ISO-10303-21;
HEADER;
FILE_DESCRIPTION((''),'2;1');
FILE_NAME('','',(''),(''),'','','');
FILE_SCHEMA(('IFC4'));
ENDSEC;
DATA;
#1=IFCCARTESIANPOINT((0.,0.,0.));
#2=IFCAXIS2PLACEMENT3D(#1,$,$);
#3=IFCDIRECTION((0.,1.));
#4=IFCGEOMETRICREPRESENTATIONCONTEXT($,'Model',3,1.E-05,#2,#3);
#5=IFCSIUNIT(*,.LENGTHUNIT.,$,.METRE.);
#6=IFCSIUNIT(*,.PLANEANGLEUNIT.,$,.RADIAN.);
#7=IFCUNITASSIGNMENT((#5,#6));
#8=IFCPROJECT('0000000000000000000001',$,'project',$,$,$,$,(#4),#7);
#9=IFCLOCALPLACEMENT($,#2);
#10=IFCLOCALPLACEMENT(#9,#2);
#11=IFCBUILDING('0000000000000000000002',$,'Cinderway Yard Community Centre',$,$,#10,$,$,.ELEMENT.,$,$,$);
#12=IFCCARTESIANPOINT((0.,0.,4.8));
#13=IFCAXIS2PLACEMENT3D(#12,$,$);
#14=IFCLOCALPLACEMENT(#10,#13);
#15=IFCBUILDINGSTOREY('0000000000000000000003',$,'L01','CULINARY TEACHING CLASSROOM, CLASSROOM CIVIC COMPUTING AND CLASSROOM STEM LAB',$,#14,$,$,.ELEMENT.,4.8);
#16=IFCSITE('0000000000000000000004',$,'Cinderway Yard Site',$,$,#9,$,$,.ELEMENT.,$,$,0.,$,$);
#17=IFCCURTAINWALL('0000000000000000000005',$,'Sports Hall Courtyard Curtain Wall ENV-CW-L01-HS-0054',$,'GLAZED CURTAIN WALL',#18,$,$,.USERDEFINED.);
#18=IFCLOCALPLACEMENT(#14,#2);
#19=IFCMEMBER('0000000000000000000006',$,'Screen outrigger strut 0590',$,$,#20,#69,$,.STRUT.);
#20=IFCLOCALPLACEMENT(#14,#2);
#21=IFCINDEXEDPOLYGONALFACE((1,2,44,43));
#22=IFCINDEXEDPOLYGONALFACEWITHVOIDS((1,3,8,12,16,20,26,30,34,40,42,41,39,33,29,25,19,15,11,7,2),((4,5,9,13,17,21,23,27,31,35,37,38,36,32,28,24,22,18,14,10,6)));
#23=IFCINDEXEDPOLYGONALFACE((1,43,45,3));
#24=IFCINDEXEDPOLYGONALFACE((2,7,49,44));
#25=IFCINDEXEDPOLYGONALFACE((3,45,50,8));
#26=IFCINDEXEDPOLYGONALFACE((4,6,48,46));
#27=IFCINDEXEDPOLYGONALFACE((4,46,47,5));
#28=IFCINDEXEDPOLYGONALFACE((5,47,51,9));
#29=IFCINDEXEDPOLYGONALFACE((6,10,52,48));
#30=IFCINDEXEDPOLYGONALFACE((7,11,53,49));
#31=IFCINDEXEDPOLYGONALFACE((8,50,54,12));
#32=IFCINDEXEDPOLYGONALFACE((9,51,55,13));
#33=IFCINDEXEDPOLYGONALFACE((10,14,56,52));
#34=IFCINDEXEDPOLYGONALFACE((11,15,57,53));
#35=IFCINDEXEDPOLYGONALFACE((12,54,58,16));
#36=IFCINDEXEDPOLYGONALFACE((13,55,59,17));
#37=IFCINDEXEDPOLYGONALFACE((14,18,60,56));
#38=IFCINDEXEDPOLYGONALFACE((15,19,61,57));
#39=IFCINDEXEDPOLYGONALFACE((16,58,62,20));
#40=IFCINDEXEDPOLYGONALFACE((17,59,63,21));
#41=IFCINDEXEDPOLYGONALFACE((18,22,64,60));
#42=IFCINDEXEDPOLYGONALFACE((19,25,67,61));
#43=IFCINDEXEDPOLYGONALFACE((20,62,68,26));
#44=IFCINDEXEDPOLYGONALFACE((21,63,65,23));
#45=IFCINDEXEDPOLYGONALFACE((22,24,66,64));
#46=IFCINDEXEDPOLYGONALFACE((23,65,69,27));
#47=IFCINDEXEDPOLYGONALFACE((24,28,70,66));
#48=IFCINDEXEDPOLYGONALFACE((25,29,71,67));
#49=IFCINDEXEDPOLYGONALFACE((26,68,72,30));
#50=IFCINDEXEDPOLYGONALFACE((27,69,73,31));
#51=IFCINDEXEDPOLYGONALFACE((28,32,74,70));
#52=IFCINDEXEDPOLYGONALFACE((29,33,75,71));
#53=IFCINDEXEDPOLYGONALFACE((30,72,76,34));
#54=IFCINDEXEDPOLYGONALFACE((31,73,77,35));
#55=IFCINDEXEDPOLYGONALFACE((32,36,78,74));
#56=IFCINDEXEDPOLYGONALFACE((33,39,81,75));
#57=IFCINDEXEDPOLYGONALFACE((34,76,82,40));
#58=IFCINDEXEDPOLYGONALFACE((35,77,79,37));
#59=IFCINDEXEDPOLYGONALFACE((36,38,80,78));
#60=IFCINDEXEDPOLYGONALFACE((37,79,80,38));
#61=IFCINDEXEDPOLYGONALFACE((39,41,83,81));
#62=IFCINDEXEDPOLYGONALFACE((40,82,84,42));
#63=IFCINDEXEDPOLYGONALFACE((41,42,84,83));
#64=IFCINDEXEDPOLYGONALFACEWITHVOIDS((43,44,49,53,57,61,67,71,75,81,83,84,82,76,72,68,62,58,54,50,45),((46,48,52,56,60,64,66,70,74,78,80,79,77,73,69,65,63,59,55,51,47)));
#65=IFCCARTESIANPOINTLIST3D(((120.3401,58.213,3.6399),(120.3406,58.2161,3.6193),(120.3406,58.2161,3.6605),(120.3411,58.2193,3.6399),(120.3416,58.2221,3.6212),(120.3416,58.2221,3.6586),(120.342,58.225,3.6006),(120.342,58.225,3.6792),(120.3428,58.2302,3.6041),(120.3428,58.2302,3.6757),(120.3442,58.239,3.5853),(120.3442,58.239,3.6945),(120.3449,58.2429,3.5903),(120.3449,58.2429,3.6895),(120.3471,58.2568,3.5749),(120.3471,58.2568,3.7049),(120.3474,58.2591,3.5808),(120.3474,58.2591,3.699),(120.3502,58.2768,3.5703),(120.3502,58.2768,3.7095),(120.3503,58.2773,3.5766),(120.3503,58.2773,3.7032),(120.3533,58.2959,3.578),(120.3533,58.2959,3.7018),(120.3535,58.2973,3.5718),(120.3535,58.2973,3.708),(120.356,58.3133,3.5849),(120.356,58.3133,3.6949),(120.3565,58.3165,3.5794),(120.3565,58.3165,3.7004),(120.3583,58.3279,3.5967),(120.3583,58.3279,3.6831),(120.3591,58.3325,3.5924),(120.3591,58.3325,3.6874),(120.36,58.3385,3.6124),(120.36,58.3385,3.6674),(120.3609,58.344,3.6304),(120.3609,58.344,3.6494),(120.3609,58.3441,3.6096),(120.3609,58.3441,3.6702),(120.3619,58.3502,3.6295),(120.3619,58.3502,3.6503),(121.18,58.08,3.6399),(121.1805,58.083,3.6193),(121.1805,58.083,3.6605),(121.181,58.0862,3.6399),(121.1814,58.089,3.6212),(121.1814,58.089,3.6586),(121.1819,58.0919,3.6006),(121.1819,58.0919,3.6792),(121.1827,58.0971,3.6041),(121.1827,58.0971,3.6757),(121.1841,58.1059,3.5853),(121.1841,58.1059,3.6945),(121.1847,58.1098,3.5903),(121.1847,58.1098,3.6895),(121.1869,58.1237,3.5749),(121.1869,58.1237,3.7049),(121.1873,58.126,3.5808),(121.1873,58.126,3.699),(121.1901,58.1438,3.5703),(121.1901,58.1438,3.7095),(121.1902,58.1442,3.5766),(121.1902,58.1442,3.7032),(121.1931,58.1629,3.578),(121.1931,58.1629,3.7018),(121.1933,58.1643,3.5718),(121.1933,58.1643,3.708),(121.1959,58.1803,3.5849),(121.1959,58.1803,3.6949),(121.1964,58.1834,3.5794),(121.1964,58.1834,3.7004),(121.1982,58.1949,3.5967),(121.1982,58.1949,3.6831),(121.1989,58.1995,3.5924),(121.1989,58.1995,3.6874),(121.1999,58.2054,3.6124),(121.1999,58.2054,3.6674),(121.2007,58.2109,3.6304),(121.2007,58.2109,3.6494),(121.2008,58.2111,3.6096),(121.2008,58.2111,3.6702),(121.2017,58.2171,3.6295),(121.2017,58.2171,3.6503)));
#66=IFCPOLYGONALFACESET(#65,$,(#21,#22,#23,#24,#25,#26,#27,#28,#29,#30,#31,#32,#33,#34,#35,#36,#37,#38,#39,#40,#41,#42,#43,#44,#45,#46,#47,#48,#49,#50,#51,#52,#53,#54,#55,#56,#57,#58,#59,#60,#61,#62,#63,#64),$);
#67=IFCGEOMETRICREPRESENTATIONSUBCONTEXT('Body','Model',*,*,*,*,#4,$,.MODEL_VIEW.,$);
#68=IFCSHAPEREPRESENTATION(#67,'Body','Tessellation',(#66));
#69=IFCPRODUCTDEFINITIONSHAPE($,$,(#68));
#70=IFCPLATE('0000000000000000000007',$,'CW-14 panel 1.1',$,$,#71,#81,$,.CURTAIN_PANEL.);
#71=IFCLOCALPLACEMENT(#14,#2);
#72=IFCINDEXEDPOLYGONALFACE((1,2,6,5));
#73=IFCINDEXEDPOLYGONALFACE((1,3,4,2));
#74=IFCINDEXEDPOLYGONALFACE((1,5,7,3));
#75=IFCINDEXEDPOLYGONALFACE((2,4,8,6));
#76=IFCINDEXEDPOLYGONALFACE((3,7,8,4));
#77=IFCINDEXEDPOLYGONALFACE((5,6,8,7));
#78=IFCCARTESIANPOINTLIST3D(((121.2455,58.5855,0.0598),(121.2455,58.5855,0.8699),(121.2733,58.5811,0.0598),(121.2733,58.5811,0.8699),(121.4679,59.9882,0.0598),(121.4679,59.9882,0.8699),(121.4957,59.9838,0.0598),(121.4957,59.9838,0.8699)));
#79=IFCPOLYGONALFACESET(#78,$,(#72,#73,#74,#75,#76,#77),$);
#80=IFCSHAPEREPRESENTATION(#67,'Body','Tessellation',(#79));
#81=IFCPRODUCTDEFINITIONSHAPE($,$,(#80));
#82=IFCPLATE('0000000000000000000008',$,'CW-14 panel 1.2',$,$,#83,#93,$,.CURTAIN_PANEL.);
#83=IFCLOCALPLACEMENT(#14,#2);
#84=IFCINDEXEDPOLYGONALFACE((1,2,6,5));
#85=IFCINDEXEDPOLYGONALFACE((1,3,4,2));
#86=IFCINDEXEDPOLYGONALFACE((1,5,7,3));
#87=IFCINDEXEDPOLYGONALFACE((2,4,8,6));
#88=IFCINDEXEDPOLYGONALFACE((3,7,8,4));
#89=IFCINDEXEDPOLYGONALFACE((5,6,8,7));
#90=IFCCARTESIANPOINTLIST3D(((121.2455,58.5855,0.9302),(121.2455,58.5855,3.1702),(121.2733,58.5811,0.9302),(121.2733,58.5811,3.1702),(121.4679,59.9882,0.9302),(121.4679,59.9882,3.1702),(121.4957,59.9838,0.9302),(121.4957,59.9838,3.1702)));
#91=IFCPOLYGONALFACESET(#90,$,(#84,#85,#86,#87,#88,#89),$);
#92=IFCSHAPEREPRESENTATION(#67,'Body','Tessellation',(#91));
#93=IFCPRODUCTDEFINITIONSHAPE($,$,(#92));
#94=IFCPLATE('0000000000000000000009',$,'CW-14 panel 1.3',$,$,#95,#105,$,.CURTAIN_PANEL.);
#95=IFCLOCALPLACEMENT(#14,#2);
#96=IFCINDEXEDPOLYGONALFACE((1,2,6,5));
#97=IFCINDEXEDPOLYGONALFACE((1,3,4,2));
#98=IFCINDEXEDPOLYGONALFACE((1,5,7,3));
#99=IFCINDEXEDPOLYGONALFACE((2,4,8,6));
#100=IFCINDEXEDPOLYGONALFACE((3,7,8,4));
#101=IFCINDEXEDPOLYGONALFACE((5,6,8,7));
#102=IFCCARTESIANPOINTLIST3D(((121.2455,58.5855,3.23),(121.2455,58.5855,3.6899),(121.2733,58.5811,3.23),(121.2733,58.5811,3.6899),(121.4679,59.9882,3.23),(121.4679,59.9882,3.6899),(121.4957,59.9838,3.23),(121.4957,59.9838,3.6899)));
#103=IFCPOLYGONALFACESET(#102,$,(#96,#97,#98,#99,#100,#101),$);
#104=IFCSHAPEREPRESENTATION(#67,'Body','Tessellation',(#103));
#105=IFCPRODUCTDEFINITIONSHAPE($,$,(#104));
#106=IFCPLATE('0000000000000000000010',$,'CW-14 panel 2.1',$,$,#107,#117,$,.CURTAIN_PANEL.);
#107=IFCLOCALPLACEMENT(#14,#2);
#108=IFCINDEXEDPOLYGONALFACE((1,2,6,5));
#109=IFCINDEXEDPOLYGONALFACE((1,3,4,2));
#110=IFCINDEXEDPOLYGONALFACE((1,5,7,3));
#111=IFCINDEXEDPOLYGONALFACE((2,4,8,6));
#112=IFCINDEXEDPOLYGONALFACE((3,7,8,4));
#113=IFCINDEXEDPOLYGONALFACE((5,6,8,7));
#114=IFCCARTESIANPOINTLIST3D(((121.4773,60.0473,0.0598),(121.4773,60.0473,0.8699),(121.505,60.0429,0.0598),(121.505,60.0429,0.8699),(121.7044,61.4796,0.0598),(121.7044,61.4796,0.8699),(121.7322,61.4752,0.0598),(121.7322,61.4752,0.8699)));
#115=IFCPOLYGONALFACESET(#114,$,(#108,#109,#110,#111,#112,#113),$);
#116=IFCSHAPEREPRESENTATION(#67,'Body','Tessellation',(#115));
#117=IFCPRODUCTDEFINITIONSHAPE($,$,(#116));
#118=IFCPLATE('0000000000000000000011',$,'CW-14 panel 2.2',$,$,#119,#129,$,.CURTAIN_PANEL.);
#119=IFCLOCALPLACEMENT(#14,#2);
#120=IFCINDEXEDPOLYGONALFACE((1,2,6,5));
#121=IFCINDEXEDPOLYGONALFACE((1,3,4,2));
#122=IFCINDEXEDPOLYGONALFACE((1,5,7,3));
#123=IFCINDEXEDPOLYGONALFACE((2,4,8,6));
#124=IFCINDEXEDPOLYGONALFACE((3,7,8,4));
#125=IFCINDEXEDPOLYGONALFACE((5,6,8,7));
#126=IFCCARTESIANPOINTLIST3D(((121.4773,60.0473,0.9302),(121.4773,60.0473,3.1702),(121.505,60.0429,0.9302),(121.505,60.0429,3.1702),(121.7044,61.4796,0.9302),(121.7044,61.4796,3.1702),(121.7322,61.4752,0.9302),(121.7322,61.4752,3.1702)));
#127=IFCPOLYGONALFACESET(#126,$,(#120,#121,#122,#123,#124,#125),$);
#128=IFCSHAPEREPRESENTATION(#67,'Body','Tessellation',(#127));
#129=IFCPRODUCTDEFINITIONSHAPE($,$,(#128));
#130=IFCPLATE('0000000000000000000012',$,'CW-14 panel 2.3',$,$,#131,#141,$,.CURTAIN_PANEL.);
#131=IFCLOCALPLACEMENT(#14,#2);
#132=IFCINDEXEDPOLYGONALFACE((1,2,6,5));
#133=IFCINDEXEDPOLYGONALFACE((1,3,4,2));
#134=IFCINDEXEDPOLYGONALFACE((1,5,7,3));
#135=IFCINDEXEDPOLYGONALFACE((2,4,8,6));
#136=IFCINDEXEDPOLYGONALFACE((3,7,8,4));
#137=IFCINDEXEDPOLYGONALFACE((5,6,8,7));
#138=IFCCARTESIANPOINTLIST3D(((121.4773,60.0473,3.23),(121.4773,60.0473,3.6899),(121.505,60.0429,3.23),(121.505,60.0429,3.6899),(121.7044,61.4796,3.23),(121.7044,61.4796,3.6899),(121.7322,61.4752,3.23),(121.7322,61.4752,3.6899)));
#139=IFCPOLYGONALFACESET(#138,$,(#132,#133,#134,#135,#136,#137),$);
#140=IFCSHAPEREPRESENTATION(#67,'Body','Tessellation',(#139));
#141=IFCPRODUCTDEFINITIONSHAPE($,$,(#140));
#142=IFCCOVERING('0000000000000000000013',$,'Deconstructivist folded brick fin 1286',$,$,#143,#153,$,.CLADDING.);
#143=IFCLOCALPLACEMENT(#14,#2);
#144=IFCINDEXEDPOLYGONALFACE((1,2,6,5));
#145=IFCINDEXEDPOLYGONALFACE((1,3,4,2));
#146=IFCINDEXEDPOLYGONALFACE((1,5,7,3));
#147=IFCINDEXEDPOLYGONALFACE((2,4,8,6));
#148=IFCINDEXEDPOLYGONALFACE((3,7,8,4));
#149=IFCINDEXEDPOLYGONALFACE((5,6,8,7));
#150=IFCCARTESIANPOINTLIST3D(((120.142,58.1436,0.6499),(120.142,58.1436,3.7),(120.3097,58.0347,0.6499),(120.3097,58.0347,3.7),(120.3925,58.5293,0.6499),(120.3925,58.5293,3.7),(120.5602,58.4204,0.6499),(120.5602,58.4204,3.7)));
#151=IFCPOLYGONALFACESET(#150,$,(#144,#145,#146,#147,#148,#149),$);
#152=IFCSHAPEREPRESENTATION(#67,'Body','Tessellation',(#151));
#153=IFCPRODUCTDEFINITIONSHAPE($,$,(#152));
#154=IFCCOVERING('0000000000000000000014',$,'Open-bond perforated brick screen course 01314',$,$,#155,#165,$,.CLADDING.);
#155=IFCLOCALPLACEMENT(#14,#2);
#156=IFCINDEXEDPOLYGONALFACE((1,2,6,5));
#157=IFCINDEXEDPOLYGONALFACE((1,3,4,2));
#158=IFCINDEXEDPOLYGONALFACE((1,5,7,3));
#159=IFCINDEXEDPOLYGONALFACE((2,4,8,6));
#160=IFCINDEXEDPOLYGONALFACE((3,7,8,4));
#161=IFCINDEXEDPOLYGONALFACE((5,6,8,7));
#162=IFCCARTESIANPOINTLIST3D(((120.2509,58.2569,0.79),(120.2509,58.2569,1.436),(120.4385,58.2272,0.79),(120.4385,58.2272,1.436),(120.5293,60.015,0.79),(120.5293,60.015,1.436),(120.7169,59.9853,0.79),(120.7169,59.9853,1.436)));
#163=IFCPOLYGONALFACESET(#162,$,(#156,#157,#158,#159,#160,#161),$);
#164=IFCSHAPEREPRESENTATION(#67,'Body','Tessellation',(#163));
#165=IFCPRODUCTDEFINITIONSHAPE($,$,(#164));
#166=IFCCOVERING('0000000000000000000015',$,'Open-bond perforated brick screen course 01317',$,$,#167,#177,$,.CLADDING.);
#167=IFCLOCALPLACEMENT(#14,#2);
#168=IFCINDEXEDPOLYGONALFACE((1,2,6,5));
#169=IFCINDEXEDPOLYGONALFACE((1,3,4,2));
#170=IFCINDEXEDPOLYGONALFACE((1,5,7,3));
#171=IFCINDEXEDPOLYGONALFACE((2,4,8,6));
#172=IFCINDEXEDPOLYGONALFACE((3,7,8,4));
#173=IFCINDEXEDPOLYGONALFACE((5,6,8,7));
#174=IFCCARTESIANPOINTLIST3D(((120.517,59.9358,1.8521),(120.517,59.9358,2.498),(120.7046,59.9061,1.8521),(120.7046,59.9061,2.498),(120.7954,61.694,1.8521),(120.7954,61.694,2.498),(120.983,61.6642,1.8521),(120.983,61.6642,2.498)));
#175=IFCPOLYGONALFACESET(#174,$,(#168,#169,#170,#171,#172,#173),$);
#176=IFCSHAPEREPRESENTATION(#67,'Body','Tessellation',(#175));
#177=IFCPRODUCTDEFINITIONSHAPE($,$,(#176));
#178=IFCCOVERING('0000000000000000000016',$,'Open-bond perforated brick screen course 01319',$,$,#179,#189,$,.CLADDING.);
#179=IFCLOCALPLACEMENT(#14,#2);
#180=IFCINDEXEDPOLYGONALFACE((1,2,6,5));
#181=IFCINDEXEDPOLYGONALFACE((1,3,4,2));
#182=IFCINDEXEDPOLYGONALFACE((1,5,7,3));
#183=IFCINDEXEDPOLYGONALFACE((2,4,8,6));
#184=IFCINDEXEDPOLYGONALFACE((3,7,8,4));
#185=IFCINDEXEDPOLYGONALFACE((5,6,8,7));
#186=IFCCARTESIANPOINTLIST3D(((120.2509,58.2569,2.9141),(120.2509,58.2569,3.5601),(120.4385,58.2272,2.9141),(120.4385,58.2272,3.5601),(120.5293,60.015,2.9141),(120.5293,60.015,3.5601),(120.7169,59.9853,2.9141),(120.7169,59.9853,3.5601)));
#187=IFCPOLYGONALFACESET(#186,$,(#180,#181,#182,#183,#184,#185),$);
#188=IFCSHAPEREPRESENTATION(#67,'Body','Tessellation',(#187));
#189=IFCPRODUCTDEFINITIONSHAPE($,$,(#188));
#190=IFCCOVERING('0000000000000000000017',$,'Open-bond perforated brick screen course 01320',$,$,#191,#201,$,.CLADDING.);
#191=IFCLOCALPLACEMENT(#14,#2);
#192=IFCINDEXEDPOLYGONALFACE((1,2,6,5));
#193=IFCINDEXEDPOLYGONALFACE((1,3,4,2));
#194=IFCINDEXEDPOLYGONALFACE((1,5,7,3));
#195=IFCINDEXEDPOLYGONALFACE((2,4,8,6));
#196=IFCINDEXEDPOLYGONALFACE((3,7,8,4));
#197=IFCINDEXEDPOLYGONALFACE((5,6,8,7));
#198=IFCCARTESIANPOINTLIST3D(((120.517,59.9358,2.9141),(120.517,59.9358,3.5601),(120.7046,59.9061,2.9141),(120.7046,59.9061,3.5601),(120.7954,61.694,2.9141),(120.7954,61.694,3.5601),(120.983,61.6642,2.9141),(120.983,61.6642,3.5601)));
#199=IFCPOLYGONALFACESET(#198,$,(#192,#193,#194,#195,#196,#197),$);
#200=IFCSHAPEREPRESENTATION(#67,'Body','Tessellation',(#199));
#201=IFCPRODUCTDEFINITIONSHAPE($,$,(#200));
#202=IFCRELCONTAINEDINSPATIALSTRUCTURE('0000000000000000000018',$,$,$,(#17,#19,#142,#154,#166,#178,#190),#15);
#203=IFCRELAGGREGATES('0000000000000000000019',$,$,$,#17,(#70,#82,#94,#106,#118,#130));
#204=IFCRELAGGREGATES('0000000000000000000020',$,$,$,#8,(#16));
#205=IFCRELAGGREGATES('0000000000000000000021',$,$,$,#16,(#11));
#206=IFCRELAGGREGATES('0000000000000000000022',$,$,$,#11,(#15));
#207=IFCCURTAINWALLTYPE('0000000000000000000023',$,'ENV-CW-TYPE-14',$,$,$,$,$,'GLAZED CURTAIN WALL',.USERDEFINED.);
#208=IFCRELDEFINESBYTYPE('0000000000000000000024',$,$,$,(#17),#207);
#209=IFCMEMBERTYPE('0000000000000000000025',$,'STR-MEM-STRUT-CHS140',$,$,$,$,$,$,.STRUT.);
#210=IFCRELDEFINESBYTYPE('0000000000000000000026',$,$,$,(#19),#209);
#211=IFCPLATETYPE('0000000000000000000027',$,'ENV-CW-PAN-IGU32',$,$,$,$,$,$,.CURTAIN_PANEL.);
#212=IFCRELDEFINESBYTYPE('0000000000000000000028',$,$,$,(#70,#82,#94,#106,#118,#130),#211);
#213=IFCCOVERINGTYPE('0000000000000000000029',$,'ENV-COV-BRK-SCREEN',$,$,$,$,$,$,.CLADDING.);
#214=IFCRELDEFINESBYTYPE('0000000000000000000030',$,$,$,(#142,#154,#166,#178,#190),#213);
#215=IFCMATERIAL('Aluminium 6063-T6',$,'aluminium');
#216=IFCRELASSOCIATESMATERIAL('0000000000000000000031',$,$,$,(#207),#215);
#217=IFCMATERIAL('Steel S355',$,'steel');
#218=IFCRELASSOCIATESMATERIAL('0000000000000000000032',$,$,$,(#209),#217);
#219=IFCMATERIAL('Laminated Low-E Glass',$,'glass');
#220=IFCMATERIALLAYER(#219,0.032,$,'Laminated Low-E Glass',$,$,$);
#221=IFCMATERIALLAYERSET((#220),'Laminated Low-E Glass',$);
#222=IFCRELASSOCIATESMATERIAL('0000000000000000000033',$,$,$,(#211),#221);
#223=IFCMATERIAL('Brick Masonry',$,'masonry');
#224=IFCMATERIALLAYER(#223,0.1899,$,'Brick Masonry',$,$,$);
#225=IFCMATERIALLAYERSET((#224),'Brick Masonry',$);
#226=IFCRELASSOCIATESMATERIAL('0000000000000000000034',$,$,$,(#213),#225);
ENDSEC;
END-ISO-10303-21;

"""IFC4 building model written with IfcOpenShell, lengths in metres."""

from ifc_helpers import new_model, si_unit, direction, frame, origin, origin_2d, place, context, subcontext, project, spatial, rectangle, hollow_circle, extrude, material, layer, layer_set, material_profile, profile_set, type_object, element, aggregate, save


model = new_model("IFC4")

# Units and contexts
model_context = context("Model", 3, precision=1e-05, world=origin(), true_north=direction((0.0, 1.0)))
body_context = subcontext(model_context, "Body", "Model", "MODEL_VIEW")
ifc_project = project(units=[si_unit("LENGTHUNIT", "METRE"), si_unit("PLANEANGLEUNIT", "RADIAN")], contexts=[model_context])

# Site, building, storey
site_placement = place(None, origin())
site = spatial("IfcSite", under=ifc_project, at=site_placement, Name="Cinderway Yard Site", CompositionType="ELEMENT", RefElevation=0.0)
building_placement = place(site_placement, origin())
building = spatial("IfcBuilding", under=site, at=building_placement, Name="Cinderway Yard Community Centre", CompositionType="ELEMENT")
storey_placement = place(building_placement, frame((0.0, 0.0, 4.8)))
storey = spatial("IfcBuildingStorey", under=building, at=storey_placement, Name="L01", Description="CULINARY TEACHING CLASSROOM, CLASSROOM CIVIC COMPUTING AND CLASSROOM STEM LAB", CompositionType="ELEMENT", Elevation=4.8)

# Curtain wall
ifc_material_1 = material(Name="Aluminium 6063-T6", Category="aluminium")
curtain_wall_type = type_object("IfcCurtainWallType", Name="ENV-CW-TYPE-14", ElementType="GLAZED CURTAIN WALL", PredefinedType="USERDEFINED", material=ifc_material_1)
curtain_wall_placement = place(storey_placement, origin())
curtain_wall = element("IfcCurtainWall", 1, at=curtain_wall_placement, inside=storey, type_object=curtain_wall_type, Name="Sports Hall Courtyard Curtain Wall ENV-CW-L01-HS-0054", ObjectType="GLAZED CURTAIN WALL", PredefinedType="USERDEFINED")

# Member
ifc_material_2 = material(Name="Steel S355", Category="steel")
ifc_material_profile_1 = material_profile(ifc_material_2, hollow_circle(Radius=0.0698, WallThickness=0.0063, at=origin_2d()), Name="Steel S355")
ifc_profile_set_1 = profile_set([ifc_material_profile_1], Name="Steel S355")
member_type_1 = type_object("IfcMemberType", Name="STR-MEM-STRUT-CHS140", PredefinedType="STRUT", material=ifc_profile_set_1)
for number, where, z_axis, x_axis, name in (
    (2, (121.1909, 58.1489, 3.6399), (-0.987681, 0.156479, 0.0), (-0.156479, -0.987681, 0.0), "Screen outrigger strut 0590"),
):
    element("IfcMember", number, at=place(storey_placement, frame(where, z_axis=z_axis, x_axis=x_axis)), inside=storey, type_object=member_type_1, Name=name, PredefinedType="STRUT", context=body_context, shape_type="SweptSolid", body=[
        extrude(hollow_circle(Radius=0.0698, WallThickness=0.0063, at=origin_2d()), origin(), (0.0, 0.0, 1.0), 0.8503),
    ])

# Plates
ifc_material_3 = material(Name="Laminated Low-E Glass", Category="glass")
ifc_layer_1 = layer(ifc_material_3, 0.032, Name="Laminated Low-E Glass")
ifc_layer_set_1 = layer_set([ifc_layer_1], Name="Laminated Low-E Glass")
plate_type = type_object("IfcPlateType", Name="ENV-CW-PAN-IGU32", PredefinedType="CURTAIN_PANEL", material=ifc_layer_set_1)
plate_1_placement = place(storey_placement, frame((121.3706, 59.2847, 0.0598), z_axis=(0.0, 0.0, 1.0), x_axis=(0.156609, 0.987661, 0.0)))
plate_1 = element("IfcPlate", 3, at=plate_1_placement, type_object=plate_type, Name="CW-14 panel 1.1", PredefinedType="CURTAIN_PANEL", context=body_context, shape_type="SweptSolid", body=[
    extrude(rectangle(XDim=1.4202, YDim=0.0281, at=origin_2d()), origin(), (0.0, 0.0, 1.0), 0.8101),
])
plate_2_placement = place(storey_placement, frame((121.3706, 59.2847, 0.9302), z_axis=(0.0, 0.0, 1.0), x_axis=(0.156609, 0.987661, 0.0)))
plate_2 = element("IfcPlate", 4, at=plate_2_placement, type_object=plate_type, Name="CW-14 panel 1.2", PredefinedType="CURTAIN_PANEL", context=body_context, shape_type="SweptSolid", body=[
    extrude(rectangle(XDim=1.4202, YDim=0.0281, at=origin_2d()), origin(), (0.0, 0.0, 1.0), 2.24),
])
plate_3_placement = place(storey_placement, frame((121.3706, 59.2847, 3.23), z_axis=(0.0, 0.0, 1.0), x_axis=(0.156609, 0.987661, 0.0)))
plate_3 = element("IfcPlate", 5, at=plate_3_placement, type_object=plate_type, Name="CW-14 panel 1.3", PredefinedType="CURTAIN_PANEL", context=body_context, shape_type="SweptSolid", body=[
    extrude(rectangle(XDim=1.4202, YDim=0.0281, at=origin_2d()), origin(), (0.0, 0.0, 1.0), 0.46),
])
plate_4_placement = place(storey_placement, frame((121.6047, 60.7612, 0.0598), z_axis=(0.0, 0.0, 1.0), x_axis=(0.156609, 0.987661, 0.0)))
plate_4 = element("IfcPlate", 6, at=plate_4_placement, type_object=plate_type, Name="CW-14 panel 2.1", PredefinedType="CURTAIN_PANEL", context=body_context, shape_type="SweptSolid", body=[
    extrude(rectangle(XDim=1.4502, YDim=0.0281, at=origin_2d()), origin(), (0.0, 0.0, 1.0), 0.8101),
])
plate_5_placement = place(storey_placement, frame((121.6047, 60.7612, 0.9302), z_axis=(0.0, 0.0, 1.0), x_axis=(0.156609, 0.987661, 0.0)))
plate_5 = element("IfcPlate", 7, at=plate_5_placement, type_object=plate_type, Name="CW-14 panel 2.2", PredefinedType="CURTAIN_PANEL", context=body_context, shape_type="SweptSolid", body=[
    extrude(rectangle(XDim=1.4502, YDim=0.0281, at=origin_2d()), origin(), (0.0, 0.0, 1.0), 2.24),
])
plate_6_placement = place(storey_placement, frame((121.6047, 60.7612, 3.23), z_axis=(0.0, 0.0, 1.0), x_axis=(0.156609, 0.987661, 0.0)))
plate_6 = element("IfcPlate", 8, at=plate_6_placement, type_object=plate_type, Name="CW-14 panel 2.3", PredefinedType="CURTAIN_PANEL", context=body_context, shape_type="SweptSolid", body=[
    extrude(rectangle(XDim=1.4502, YDim=0.0281, at=origin_2d()), origin(), (0.0, 0.0, 1.0), 0.46),
])
aggregate(curtain_wall, [plate_1, plate_2, plate_3, plate_4, plate_5, plate_6])

# Coverings
ifc_material_4 = material(Name="Brick Masonry", Category="masonry")
ifc_layer_2 = layer(ifc_material_4, 0.1899, Name="Brick Masonry")
ifc_layer_set_2 = layer_set([ifc_layer_2], Name="Brick Masonry")
covering_type = type_object("IfcCoveringType", Name="ENV-COV-BRK-SCREEN", PredefinedType="CLADDING", material=ifc_layer_set_2)
covering_placement = place(storey_placement, frame((120.3511, 58.282, 0.6499), z_axis=(0.0, 0.0, 1.0), x_axis=(0.544639, 0.838671, 0.0)))
element("IfcCovering", 9, at=covering_placement, inside=storey, type_object=covering_type, Name="Deconstructivist folded brick fin 1286", PredefinedType="CLADDING", context=body_context, shape_type="SweptSolid", body=[
    extrude(rectangle(XDim=0.46, YDim=0.2, at=origin_2d()), origin(), (0.0, 0.0, 1.0), 3.05),
])
for number, where, z_axis, x_axis, name in (
    (10, (120.4839, 59.1211, 0.79), (0.0, 0.0, 1.0), (0.156434, 0.987688, 0.0), "Open-bond perforated brick screen course 01314"),
    (11, (120.75, 60.8, 1.8521), (0.0, 0.0, 1.0), (0.156434, 0.987688, 0.0), "Open-bond perforated brick screen course 01317"),
    (12, (120.4839, 59.1211, 2.9141), (0.0, 0.0, 1.0), (0.156434, 0.987688, 0.0), "Open-bond perforated brick screen course 01319"),
    (13, (120.75, 60.8, 2.9141), (0.0, 0.0, 1.0), (0.156434, 0.987688, 0.0), "Open-bond perforated brick screen course 01320"),
):
    element("IfcCovering", number, at=place(storey_placement, frame(where, z_axis=z_axis, x_axis=x_axis)), inside=storey, type_object=covering_type, Name=name, PredefinedType="CLADDING", context=body_context, shape_type="SweptSolid", body=[
        extrude(rectangle(XDim=1.78, YDim=0.1899, at=origin_2d()), origin(), (0.0, 0.0, 1.0), 0.646),
    ])

save(model, "model.ifc")
